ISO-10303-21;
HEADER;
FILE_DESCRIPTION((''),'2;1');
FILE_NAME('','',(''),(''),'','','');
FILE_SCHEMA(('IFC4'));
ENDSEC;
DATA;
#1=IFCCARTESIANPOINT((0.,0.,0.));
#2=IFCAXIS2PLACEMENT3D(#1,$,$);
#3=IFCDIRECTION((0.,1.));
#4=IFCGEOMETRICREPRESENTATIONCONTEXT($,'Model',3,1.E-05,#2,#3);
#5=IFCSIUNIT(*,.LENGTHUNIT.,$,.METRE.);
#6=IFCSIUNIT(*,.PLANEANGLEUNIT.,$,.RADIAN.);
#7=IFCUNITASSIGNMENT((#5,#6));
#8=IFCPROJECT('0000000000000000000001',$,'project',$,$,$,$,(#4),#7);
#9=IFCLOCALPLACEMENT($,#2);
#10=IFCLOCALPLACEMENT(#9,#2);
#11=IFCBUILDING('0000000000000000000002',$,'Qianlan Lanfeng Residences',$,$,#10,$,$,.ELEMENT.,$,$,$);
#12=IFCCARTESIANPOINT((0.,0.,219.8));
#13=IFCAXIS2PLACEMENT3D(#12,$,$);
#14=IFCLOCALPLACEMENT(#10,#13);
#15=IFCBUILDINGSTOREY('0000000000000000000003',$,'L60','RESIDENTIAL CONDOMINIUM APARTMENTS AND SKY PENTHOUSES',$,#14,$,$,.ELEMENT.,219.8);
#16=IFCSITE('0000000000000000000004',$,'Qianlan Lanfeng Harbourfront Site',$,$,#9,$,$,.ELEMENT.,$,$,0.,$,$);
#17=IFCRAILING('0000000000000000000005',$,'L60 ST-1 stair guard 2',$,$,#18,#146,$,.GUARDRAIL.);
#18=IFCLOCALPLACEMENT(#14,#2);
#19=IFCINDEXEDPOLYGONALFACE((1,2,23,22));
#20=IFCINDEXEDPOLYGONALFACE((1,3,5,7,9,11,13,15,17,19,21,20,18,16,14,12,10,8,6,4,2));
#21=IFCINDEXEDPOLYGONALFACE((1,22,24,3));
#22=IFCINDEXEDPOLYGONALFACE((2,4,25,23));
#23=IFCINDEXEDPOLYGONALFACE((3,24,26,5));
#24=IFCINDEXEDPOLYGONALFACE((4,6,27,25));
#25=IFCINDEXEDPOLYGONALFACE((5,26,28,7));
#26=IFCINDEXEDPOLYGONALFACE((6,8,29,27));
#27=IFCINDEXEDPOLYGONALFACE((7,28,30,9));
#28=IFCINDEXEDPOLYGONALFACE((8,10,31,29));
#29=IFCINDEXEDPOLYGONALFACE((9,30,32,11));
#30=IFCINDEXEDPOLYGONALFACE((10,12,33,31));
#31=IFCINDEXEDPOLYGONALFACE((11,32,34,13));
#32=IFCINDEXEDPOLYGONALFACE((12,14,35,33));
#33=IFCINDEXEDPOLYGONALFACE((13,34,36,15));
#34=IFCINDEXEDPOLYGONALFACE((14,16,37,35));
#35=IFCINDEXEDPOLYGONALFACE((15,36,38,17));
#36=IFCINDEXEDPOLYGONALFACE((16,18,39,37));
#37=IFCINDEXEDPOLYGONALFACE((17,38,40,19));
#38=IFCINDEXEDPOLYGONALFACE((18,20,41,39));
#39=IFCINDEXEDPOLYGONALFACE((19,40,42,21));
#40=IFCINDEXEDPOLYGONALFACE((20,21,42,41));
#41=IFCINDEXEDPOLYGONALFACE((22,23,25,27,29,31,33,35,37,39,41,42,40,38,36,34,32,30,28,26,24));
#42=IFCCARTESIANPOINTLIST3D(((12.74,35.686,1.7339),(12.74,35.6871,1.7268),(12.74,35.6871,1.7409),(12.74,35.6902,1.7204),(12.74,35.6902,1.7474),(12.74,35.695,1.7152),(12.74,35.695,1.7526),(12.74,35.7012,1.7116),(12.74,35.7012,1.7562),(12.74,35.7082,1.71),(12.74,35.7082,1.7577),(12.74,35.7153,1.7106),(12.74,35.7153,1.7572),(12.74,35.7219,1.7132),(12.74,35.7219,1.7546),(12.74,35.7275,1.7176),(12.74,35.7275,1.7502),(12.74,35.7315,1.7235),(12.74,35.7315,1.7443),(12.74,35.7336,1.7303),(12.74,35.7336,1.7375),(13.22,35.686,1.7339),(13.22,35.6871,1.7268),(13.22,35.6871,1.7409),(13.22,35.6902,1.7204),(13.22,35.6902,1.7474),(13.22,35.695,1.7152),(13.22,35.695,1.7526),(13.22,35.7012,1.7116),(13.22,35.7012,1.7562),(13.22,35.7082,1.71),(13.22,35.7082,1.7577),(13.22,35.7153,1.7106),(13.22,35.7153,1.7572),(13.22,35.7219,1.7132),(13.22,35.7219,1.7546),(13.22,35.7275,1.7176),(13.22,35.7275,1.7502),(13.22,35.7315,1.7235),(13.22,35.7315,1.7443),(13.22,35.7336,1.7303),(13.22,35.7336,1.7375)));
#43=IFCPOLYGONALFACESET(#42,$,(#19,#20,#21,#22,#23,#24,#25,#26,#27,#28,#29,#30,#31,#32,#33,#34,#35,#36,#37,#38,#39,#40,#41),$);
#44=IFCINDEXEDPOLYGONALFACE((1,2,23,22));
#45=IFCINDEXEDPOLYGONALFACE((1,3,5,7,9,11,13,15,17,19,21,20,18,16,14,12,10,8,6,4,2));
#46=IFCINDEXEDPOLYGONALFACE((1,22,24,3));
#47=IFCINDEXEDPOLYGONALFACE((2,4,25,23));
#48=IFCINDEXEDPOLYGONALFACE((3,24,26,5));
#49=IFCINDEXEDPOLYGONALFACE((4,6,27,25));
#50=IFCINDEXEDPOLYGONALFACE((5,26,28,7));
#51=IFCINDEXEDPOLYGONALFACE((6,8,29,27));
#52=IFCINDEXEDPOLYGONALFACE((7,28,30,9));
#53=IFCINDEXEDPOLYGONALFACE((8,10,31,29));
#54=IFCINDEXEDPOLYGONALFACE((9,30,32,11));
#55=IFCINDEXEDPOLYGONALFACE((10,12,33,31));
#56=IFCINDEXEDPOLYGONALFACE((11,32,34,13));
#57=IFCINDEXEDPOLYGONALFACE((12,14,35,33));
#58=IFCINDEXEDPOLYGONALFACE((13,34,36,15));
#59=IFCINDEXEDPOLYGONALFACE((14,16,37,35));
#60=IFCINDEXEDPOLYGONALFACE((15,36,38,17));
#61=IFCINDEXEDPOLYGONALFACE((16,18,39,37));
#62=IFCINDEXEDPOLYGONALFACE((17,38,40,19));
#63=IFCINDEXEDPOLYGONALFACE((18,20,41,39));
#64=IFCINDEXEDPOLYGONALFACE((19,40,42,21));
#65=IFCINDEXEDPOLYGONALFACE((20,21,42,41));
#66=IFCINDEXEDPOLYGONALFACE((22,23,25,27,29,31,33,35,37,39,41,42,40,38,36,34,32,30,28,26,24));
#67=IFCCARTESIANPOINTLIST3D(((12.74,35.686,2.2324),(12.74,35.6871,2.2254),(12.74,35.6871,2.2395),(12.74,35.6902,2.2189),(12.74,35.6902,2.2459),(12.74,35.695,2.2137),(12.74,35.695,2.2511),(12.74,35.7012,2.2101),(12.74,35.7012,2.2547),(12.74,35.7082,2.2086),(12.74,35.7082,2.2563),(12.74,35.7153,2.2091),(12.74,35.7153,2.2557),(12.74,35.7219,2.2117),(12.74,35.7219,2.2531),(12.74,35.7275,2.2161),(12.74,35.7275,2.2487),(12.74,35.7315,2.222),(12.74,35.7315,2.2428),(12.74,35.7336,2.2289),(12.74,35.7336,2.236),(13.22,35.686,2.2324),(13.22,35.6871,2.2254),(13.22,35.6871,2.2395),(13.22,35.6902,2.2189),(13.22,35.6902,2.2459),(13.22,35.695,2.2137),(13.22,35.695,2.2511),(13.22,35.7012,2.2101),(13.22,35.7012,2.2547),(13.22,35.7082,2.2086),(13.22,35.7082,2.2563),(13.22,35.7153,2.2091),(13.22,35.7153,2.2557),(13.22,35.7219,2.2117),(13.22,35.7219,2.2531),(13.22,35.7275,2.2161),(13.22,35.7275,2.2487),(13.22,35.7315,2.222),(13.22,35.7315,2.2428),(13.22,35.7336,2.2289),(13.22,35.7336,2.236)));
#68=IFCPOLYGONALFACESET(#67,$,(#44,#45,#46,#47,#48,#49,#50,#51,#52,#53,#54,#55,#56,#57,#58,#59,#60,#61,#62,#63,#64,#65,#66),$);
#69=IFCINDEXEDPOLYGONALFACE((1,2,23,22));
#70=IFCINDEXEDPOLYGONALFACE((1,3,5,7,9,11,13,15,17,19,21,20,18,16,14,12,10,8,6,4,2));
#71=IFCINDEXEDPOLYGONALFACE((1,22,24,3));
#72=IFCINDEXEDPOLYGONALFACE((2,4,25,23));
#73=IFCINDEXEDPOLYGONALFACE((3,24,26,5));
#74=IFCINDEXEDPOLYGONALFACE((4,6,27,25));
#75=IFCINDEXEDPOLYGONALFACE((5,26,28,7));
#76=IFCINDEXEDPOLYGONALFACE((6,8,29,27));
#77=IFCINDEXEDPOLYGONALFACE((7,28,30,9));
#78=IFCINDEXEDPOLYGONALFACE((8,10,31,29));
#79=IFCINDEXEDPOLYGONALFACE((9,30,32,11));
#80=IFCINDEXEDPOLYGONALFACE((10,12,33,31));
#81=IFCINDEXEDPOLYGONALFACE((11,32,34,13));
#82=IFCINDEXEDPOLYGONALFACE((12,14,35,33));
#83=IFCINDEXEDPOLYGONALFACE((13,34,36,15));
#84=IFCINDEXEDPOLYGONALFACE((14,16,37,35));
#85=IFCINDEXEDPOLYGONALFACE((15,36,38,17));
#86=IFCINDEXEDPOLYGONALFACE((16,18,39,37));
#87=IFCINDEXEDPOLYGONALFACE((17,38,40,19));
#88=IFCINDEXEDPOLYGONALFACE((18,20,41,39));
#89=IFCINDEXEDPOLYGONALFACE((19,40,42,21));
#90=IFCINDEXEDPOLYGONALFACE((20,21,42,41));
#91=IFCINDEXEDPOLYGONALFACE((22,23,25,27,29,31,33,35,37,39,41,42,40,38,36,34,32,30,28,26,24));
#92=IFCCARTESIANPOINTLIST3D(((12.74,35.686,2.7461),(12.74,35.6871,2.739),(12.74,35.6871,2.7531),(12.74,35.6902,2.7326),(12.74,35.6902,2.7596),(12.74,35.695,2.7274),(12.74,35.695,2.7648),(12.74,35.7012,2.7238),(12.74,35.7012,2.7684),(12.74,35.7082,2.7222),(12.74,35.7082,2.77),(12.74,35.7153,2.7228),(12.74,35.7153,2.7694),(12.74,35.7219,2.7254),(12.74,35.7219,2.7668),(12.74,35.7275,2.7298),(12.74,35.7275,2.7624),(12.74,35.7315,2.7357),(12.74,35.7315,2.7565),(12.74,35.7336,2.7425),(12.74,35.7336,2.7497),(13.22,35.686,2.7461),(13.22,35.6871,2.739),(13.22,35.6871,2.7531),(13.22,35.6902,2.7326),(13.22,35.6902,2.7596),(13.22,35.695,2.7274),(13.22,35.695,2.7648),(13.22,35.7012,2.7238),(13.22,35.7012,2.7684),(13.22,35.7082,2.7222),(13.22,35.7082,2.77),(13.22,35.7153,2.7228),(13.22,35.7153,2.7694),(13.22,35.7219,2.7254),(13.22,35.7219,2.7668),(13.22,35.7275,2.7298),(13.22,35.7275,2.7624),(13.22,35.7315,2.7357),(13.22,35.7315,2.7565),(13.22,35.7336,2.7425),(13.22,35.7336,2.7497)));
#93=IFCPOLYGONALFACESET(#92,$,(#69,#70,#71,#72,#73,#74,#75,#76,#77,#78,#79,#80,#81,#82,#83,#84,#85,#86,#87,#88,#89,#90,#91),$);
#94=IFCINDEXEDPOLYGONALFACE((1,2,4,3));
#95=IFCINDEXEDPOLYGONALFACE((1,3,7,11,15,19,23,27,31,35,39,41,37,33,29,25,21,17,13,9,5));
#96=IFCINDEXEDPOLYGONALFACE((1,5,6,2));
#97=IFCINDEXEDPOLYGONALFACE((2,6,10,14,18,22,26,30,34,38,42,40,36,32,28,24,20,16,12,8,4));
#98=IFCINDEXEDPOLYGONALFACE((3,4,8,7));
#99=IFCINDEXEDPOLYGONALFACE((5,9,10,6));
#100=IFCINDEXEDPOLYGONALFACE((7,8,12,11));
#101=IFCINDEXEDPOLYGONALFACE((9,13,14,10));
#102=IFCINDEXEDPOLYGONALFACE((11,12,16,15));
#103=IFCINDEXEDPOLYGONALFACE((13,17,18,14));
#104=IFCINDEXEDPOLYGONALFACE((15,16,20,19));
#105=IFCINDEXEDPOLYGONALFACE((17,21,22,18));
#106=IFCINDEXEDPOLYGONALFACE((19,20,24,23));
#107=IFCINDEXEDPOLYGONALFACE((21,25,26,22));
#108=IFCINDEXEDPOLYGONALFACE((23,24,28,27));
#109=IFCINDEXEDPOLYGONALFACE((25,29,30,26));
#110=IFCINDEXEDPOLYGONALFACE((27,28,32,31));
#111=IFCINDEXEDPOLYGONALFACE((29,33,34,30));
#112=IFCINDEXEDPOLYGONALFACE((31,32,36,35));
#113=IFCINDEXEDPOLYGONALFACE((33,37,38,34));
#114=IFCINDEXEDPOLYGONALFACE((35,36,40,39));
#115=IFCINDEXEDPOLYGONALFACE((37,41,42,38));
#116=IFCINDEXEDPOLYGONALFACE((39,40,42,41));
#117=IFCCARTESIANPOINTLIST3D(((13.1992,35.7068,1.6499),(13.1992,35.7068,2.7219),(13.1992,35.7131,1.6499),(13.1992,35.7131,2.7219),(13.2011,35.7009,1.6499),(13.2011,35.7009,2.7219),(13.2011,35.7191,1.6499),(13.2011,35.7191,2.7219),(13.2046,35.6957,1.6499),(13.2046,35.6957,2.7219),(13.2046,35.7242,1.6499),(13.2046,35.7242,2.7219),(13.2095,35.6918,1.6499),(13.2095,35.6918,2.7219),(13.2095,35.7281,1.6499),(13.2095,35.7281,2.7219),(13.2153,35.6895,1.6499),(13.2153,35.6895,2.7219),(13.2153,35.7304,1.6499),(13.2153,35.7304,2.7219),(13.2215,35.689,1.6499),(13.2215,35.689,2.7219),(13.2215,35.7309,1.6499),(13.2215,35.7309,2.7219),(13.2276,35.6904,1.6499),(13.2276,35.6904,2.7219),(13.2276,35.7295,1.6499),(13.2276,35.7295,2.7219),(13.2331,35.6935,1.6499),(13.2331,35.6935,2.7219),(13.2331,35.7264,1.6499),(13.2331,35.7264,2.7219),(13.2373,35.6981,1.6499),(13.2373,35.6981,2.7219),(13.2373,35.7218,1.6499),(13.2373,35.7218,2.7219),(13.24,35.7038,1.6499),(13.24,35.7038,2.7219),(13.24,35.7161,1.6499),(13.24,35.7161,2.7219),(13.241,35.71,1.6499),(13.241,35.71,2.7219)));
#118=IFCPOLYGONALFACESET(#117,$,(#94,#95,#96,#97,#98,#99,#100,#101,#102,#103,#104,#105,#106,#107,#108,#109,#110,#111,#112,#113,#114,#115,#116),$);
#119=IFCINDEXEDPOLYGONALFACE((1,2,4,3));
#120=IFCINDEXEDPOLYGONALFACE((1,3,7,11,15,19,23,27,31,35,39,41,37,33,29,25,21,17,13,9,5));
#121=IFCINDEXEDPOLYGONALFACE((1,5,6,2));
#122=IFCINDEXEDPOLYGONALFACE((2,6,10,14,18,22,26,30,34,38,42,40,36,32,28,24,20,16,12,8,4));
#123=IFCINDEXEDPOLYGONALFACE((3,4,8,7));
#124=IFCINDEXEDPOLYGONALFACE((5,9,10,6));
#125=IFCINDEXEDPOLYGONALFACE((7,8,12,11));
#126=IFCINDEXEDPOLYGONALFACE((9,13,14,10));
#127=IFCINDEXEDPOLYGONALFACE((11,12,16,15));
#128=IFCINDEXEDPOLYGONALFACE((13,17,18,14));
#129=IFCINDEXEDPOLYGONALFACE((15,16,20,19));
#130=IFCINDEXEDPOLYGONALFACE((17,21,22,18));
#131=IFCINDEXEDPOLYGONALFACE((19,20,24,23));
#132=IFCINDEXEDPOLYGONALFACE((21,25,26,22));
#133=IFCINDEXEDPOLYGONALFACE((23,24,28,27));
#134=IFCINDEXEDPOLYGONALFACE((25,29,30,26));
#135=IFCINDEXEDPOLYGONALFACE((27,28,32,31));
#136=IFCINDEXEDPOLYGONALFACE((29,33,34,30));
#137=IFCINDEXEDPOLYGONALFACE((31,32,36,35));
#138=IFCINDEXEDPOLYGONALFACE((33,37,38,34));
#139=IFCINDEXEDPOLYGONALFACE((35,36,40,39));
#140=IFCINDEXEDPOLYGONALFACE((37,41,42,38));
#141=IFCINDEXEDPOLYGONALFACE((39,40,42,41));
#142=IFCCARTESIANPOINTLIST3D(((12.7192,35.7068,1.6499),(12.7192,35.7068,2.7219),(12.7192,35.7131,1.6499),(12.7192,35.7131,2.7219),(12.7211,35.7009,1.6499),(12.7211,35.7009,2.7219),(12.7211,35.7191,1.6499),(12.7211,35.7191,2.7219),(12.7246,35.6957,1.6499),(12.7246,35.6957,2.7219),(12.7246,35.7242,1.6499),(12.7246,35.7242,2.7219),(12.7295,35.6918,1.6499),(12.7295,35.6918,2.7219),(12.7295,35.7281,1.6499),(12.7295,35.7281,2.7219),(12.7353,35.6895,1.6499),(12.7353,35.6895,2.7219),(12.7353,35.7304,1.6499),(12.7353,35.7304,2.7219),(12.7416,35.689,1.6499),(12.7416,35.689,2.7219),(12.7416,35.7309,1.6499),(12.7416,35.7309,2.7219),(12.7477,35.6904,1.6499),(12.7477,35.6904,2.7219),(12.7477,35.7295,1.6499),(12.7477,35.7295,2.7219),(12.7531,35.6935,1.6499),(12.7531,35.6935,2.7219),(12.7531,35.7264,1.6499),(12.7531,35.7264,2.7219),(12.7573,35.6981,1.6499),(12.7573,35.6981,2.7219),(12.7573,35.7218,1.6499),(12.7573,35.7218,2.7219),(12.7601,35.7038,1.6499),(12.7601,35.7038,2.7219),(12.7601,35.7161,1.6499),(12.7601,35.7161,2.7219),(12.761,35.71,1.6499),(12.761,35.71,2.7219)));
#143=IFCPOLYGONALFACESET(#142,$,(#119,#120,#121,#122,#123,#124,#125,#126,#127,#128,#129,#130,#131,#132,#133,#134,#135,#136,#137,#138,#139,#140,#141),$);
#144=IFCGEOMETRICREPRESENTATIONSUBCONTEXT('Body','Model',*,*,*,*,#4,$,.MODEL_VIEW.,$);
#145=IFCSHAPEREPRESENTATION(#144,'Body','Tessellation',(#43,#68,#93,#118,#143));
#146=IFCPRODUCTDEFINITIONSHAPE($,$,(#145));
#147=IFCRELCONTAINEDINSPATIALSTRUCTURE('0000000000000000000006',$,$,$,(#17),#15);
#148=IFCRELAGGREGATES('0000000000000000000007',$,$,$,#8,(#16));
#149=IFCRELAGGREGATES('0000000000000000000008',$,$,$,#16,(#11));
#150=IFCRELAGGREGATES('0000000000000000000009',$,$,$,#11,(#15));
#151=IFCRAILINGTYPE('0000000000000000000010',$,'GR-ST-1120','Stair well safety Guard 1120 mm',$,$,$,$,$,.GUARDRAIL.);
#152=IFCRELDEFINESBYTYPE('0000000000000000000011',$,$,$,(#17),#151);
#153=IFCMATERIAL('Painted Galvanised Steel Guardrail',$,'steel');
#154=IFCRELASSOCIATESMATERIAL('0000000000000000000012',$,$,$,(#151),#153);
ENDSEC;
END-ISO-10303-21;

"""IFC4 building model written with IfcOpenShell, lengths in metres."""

from ifc_helpers import new_model, si_unit, direction, frame, origin, origin_2d, place, context, subcontext, project, spatial, circle, extrude, material, type_object, element, save


model = new_model("IFC4")

# Units and contexts
model_context = context("Model", 3, precision=1e-05, world=origin(), true_north=direction((0.0, 1.0)))
body_context = subcontext(model_context, "Body", "Model", "MODEL_VIEW")
ifc_project = project(units=[si_unit("LENGTHUNIT", "METRE"), si_unit("PLANEANGLEUNIT", "RADIAN")], contexts=[model_context])

# Site, building, storey
site_placement = place(None, origin())
site = spatial("IfcSite", under=ifc_project, at=site_placement, Name="Qianlan Lanfeng Harbourfront Site", CompositionType="ELEMENT", RefElevation=0.0)
building_placement = place(site_placement, origin())
building = spatial("IfcBuilding", under=site, at=building_placement, Name="Qianlan Lanfeng Residences", CompositionType="ELEMENT")
storey_placement = place(building_placement, frame((0.0, 0.0, 219.8)))
storey = spatial("IfcBuildingStorey", under=building, at=storey_placement, Name="L60", Description="RESIDENTIAL CONDOMINIUM APARTMENTS AND SKY PENTHOUSES", CompositionType="ELEMENT", Elevation=219.8)

# Railing
ifc_material_1 = material(Name="Painted Galvanised Steel Guardrail", Category="steel")
railing_type_1 = type_object("IfcRailingType", Name="GR-ST-1120", Description="Stair well safety Guard 1120 mm", PredefinedType="GUARDRAIL", material=ifc_material_1)
railing_1_placement = place(storey_placement, frame((13.22, 35.71, 1.6499)))
element("IfcRailing", 1, at=railing_1_placement, inside=storey, type_object=railing_type_1, Name="L60 ST-1 stair guard 2", PredefinedType="GUARDRAIL", context=body_context, shape_type="SweptSolid", body=[
    extrude(circle(Radius=0.0239, at=origin_2d()), frame((0.0, 0.0, 0.084), z_axis=(-1.0, 0.0, 0.0), x_axis=(0.0, -1.0, 0.0)), (0.0, 0.0, 1.0), 0.48),
    extrude(circle(Radius=0.0239, at=origin_2d()), frame((0.0, 0.0, 0.5825), z_axis=(-1.0, 0.0, 0.0), x_axis=(0.0, -1.0, 0.0)), (0.0, 0.0, 1.0), 0.48),
    extrude(circle(Radius=0.0239, at=origin_2d()), frame((0.0, 0.0, 1.0962), z_axis=(-1.0, 0.0, 0.0), x_axis=(0.0, -1.0, 0.0)), (0.0, 0.0, 1.0), 0.48),
    extrude(circle(Radius=0.021, at=origin_2d()), origin(), (0.0, 0.0, 1.0), 1.072),
    extrude(circle(Radius=0.021, at=origin_2d()), frame((-0.48, 0.0, 0.0)), (0.0, 0.0, 1.0), 1.072),
])

save(model, "model.ifc")
